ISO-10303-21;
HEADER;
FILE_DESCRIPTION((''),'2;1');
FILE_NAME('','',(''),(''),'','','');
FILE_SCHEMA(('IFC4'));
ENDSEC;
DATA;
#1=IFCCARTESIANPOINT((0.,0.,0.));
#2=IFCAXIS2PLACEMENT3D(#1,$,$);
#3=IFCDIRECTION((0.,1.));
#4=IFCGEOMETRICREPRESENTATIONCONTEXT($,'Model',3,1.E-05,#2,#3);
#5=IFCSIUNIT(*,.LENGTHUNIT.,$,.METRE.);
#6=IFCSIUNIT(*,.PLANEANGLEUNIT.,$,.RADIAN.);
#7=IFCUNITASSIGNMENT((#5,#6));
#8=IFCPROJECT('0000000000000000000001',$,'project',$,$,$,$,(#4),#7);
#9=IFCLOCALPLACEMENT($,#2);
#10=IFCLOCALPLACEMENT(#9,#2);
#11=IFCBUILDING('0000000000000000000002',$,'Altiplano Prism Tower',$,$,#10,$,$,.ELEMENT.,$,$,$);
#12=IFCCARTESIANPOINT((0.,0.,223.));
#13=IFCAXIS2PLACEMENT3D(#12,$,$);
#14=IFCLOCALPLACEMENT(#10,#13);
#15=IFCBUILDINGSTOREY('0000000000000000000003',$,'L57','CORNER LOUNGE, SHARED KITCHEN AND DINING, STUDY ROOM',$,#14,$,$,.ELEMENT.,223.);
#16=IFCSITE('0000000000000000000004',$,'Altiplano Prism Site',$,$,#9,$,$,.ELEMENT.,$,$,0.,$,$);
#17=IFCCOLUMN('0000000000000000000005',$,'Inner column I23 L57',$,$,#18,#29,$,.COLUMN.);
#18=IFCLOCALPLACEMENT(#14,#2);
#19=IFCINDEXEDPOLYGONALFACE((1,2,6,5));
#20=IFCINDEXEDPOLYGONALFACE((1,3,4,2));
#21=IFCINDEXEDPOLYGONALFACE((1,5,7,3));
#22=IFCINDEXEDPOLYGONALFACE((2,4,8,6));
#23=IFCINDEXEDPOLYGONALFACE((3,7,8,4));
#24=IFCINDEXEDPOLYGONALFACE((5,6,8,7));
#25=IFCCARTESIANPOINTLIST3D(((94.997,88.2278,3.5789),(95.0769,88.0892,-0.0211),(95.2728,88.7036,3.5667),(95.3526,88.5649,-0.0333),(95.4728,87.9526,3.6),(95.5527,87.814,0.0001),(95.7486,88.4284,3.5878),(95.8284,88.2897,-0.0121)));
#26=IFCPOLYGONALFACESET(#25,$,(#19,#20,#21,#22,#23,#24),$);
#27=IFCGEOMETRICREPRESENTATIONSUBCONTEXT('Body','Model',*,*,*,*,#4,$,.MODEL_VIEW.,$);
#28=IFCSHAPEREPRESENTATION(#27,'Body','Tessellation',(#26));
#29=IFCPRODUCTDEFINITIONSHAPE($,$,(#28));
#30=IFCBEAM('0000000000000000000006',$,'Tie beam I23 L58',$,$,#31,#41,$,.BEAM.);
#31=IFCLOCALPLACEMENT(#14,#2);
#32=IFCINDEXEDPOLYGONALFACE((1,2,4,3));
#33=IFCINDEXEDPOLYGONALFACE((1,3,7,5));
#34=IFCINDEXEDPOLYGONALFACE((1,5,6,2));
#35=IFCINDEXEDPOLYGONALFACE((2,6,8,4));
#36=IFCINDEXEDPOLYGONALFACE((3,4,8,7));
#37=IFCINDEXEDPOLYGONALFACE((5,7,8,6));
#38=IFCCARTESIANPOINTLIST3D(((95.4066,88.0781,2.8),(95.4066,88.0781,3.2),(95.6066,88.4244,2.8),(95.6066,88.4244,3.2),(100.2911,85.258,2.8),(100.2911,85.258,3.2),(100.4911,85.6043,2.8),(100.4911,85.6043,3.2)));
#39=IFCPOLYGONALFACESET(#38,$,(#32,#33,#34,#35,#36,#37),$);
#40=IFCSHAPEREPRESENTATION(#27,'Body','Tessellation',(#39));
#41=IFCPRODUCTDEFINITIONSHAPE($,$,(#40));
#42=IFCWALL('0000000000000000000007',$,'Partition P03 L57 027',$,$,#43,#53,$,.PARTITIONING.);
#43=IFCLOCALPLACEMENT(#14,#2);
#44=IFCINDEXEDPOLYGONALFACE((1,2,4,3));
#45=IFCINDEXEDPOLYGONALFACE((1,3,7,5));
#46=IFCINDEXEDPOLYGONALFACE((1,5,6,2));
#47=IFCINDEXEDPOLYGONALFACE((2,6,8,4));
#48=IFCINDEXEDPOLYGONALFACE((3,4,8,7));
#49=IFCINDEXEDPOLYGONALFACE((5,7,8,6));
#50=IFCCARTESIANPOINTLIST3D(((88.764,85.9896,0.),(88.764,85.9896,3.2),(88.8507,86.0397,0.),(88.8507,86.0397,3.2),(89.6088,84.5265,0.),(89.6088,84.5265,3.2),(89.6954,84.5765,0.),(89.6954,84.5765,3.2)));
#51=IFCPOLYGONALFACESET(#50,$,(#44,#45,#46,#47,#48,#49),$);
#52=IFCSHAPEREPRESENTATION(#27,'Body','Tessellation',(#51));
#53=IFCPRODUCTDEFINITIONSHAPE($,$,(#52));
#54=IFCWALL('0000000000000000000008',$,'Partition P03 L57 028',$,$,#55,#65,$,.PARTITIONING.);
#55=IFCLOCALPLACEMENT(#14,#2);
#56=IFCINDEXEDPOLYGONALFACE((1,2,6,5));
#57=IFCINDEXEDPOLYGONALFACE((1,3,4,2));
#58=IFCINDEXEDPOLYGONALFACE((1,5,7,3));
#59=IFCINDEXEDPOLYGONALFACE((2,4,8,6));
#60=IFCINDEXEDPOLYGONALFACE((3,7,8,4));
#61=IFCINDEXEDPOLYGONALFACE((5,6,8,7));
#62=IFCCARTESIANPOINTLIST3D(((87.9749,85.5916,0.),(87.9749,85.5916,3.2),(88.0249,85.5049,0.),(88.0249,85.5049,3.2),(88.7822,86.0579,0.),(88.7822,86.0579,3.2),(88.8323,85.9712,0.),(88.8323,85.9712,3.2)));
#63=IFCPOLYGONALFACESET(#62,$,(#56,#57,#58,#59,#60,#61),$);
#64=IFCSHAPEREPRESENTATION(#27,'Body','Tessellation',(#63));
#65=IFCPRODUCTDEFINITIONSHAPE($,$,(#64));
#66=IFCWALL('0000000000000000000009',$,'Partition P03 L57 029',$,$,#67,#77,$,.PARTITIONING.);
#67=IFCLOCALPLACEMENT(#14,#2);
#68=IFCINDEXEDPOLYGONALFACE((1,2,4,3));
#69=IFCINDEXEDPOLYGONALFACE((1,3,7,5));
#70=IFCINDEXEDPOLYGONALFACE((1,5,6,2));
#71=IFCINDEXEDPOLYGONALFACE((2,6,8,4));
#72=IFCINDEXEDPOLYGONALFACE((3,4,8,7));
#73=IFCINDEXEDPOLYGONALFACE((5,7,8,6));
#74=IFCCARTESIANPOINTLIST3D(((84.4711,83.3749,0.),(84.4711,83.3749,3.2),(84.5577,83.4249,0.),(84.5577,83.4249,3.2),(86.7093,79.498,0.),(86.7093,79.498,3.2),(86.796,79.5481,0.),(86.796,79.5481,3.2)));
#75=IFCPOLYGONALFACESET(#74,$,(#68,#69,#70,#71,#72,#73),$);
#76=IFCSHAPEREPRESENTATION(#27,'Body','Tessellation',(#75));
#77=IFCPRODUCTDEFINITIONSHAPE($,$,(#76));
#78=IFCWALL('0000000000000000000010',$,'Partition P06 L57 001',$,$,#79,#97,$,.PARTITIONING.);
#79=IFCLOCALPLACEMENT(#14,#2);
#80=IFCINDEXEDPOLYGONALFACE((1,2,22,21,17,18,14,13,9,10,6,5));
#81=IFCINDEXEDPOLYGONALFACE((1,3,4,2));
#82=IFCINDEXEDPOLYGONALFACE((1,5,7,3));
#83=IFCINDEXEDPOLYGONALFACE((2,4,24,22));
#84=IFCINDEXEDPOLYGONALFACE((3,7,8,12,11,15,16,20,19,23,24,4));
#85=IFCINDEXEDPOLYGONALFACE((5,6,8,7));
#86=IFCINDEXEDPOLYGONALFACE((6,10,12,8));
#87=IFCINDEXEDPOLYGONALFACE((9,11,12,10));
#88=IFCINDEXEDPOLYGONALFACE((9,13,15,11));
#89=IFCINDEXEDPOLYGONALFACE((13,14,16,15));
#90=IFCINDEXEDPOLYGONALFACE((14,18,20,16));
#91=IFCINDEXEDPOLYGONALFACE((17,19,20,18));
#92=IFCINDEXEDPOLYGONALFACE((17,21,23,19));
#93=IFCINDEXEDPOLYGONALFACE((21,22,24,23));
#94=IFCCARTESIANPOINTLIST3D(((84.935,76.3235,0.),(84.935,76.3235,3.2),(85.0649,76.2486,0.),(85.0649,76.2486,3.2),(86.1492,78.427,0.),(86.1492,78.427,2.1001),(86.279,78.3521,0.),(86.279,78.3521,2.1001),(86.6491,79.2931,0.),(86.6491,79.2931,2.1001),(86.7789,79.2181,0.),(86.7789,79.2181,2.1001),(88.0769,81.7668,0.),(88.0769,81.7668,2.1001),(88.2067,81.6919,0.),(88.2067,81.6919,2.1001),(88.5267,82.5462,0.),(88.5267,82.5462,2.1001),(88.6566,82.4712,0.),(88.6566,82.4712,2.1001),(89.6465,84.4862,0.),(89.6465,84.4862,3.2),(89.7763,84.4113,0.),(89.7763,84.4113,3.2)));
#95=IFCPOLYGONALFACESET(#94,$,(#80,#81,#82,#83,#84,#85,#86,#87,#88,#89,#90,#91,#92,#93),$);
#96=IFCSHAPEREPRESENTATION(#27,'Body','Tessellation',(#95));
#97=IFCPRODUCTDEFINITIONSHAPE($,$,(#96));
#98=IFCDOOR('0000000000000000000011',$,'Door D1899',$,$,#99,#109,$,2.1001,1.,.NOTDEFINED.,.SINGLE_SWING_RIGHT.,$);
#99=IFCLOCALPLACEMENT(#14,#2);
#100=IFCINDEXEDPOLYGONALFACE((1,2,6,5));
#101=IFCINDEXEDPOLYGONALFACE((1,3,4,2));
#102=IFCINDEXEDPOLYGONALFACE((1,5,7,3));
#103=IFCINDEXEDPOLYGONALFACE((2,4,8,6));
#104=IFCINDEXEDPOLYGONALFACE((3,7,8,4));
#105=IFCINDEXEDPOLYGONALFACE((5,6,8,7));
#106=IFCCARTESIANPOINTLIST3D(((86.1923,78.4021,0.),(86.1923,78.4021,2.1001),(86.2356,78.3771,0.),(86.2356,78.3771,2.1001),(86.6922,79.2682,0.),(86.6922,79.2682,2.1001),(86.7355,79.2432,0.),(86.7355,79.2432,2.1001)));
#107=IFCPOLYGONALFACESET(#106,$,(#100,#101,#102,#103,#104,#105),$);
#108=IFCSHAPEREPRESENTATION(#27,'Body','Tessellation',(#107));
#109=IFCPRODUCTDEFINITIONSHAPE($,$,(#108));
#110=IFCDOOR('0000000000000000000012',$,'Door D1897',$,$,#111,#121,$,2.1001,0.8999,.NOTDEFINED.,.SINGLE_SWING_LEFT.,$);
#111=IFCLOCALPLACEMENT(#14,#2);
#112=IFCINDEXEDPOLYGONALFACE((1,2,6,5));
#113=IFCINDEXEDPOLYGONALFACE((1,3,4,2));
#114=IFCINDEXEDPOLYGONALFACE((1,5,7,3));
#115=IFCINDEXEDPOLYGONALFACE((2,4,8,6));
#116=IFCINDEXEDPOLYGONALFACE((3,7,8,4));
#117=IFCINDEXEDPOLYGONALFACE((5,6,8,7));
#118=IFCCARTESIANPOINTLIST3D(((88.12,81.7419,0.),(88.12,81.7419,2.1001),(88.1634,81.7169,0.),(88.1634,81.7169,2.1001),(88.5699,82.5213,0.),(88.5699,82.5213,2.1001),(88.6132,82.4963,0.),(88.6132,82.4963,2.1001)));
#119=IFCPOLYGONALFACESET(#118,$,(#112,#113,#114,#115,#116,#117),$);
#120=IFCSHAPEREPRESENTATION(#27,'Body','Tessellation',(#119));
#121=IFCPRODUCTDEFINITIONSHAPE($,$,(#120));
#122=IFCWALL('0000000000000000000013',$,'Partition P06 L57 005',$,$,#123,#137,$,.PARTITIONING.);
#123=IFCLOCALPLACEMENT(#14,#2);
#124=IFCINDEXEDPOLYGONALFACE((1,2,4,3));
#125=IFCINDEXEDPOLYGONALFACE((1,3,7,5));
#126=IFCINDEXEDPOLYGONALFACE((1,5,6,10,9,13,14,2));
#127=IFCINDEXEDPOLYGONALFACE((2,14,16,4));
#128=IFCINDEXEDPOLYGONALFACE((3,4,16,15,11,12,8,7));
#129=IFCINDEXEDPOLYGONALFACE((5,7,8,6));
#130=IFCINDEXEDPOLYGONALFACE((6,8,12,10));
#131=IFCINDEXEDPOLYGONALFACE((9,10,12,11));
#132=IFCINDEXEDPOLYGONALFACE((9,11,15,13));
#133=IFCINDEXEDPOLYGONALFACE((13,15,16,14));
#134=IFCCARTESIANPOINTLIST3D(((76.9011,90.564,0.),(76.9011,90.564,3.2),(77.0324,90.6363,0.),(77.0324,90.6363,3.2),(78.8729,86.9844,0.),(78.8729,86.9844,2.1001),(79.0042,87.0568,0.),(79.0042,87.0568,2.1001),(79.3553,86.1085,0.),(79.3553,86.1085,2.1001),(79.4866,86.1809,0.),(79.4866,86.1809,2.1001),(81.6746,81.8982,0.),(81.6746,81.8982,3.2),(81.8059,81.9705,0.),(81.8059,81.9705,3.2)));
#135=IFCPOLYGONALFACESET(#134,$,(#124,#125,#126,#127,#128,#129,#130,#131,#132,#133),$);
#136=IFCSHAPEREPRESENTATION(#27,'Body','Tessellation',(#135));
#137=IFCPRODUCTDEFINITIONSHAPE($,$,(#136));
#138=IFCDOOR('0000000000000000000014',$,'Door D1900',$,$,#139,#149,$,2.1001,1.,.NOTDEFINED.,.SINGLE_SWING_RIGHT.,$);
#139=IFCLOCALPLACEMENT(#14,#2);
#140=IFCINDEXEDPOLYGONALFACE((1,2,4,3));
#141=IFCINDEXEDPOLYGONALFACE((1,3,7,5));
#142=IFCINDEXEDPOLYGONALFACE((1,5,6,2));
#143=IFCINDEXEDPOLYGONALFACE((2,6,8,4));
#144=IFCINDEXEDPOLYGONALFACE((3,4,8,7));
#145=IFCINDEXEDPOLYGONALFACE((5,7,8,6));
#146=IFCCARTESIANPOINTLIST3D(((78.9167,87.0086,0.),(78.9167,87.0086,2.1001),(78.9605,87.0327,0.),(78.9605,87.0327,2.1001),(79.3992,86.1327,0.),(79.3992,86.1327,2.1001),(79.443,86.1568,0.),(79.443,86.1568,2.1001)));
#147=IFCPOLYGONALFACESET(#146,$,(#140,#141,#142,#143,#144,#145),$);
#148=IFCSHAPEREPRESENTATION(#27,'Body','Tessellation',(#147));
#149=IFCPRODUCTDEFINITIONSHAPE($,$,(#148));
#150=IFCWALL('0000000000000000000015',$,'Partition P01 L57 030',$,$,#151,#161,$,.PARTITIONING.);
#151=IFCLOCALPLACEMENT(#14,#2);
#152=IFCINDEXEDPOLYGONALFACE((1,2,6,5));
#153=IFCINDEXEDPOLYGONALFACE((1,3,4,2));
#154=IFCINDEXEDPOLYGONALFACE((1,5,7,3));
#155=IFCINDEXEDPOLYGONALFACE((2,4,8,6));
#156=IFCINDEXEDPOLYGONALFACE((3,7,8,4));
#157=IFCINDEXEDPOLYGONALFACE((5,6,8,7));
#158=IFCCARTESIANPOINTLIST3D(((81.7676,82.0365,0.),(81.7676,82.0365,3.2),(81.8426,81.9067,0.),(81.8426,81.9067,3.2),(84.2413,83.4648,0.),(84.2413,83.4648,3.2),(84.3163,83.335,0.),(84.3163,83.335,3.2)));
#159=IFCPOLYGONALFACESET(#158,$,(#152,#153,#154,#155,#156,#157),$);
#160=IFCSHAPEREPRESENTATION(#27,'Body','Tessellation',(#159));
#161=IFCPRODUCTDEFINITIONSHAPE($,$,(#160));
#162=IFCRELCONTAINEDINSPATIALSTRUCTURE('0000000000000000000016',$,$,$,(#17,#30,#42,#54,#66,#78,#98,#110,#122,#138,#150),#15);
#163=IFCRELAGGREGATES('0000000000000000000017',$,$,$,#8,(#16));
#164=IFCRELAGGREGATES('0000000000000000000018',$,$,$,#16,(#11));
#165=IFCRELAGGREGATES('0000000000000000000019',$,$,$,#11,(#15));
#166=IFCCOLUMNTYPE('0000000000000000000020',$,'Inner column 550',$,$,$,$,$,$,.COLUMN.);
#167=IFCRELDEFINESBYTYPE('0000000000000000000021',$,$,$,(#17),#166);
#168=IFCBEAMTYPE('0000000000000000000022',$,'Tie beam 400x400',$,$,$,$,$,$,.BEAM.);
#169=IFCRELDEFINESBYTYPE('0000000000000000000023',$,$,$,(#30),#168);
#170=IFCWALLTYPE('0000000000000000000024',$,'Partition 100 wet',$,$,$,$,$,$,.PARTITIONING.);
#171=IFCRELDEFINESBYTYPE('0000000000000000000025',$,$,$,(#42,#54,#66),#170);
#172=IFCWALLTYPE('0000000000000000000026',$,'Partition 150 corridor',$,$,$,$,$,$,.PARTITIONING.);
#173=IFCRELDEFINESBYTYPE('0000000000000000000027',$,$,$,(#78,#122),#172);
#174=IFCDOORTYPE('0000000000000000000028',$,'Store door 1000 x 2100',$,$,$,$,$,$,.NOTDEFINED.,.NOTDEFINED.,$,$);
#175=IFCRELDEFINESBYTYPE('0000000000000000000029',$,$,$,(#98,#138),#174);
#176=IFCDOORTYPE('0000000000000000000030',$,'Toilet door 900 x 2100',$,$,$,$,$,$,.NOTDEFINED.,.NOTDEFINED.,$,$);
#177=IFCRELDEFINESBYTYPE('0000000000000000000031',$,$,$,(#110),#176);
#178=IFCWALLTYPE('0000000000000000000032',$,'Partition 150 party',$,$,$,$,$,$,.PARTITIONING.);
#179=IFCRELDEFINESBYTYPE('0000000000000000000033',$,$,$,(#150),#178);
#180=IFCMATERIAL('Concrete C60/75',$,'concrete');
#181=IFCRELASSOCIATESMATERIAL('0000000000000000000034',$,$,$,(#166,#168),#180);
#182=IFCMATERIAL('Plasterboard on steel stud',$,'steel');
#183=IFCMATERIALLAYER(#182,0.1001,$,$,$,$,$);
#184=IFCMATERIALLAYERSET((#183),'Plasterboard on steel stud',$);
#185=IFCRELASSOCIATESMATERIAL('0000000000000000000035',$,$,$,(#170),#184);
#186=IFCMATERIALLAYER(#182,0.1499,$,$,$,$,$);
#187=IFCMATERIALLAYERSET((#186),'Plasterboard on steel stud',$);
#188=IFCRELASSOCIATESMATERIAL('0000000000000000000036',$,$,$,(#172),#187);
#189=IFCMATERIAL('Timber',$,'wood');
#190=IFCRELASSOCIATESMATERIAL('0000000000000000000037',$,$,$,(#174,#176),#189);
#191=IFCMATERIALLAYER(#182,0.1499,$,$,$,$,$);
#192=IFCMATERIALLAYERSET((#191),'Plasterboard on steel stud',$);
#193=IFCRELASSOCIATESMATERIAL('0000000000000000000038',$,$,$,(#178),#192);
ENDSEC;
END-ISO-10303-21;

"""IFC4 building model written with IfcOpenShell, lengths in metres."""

from ifc_helpers import new_model, si_unit, direction, frame, frame_2d, origin, origin_2d, place, context, subcontext, project, spatial, rectangle, extrude, material, layer, layer_set, material_profile, profile_set, type_object, element, fill, save


model = new_model("IFC4")

# Units and contexts
model_context = context("Model", 3, precision=1e-05, world=origin(), true_north=direction((0.0, 1.0)))
body_context = subcontext(model_context, "Body", "Model", "MODEL_VIEW")
ifc_project = project(units=[si_unit("LENGTHUNIT", "METRE"), si_unit("PLANEANGLEUNIT", "RADIAN")], contexts=[model_context])

# Site, building, storey
site_placement = place(None, origin())
site = spatial("IfcSite", under=ifc_project, at=site_placement, Name="Altiplano Prism Site", CompositionType="ELEMENT", RefElevation=0.0)
building_placement = place(site_placement, origin())
building = spatial("IfcBuilding", under=site, at=building_placement, Name="Altiplano Prism Tower", CompositionType="ELEMENT")
storey_placement = place(building_placement, frame((0.0, 0.0, 223.0)))
storey = spatial("IfcBuildingStorey", under=building, at=storey_placement, Name="L57", Description="CORNER LOUNGE, SHARED KITCHEN AND DINING, STUDY ROOM", CompositionType="ELEMENT", Elevation=223.0)

# Column
ifc_material_1 = material(Name="Concrete C60/75", Category="concrete")
ifc_material_profile_1 = material_profile(ifc_material_1, rectangle(XDim=0.55, YDim=0.55, at=origin_2d()), Name="Inner column 550")
ifc_profile_set_1 = profile_set([ifc_material_profile_1], Name="Concrete C60/75")
column_type = type_object("IfcColumnType", Name="Inner column 550", PredefinedType="COLUMN", material=ifc_profile_set_1)
column_placement = place(storey_placement, frame((95.4526, 88.1895, -0.0166), z_axis=(-0.022155, 0.038484, 0.999014), x_axis=(-0.501313, -0.864981, 0.022203)))
element("IfcColumn", 1, at=column_placement, inside=storey, type_object=column_type, Name="Inner column I23 L57", PredefinedType="COLUMN", context=body_context, shape_type="SweptSolid", body=[
    extrude(rectangle(XDim=0.55, YDim=0.55, at=origin_2d()), origin(), (0.0, 0.0, 1.0), 3.6035),
])

# Beam
ifc_material_profile_2 = material_profile(ifc_material_1, rectangle(XDim=0.3999, YDim=0.3999, at=origin_2d()), Name="Tie beam 400x400")
ifc_profile_set_2 = profile_set([ifc_material_profile_2], Name="Concrete C60/75")
beam_type = type_object("IfcBeamType", Name="Tie beam 400x400", PredefinedType="BEAM", material=ifc_profile_set_2)
beam_placement = place(storey_placement, frame((95.5066, 88.2512, 3.0), z_axis=(0.866026, -0.499998, 0.0), x_axis=(0.499998, 0.866026, 0.0)))
element("IfcBeam", 2, at=beam_placement, inside=storey, type_object=beam_type, Name="Tie beam I23 L58", PredefinedType="BEAM", context=body_context, shape_type="SweptSolid", body=[
    extrude(rectangle(XDim=0.3999, YDim=0.3999, at=origin_2d()), origin(), (0.0, 0.0, 1.0), 5.6401),
])

# Walls
ifc_material_2 = material(Name="Plasterboard on steel stud", Category="steel")
ifc_layer_1 = layer(ifc_material_2, 0.1001)
ifc_layer_set_1 = layer_set([ifc_layer_1], Name="Plasterboard on steel stud")
wall_type_1 = type_object("IfcWallType", Name="Partition 100 wet", PredefinedType="PARTITIONING", material=ifc_layer_set_1)
wall_1_placement = place(storey_placement, frame((89.6521, 84.5515, 0.0), z_axis=(0.0, 0.0, 1.0), x_axis=(-0.499993, 0.866029, 0.0)))
element("IfcWall", 3, at=wall_1_placement, inside=storey, type_object=wall_type_1, Name="Partition P03 L57 027", PredefinedType="PARTITIONING", context=body_context, shape_type="SweptSolid", body=[
    extrude(rectangle(XDim=1.6895, YDim=0.1001, at=frame_2d((0.8447, 0.0))), origin(), (0.0, 0.0, 1.0), 3.2),
])
wall_2_placement = place(storey_placement, frame((88.8074, 86.0146, 0.0), z_axis=(0.0, 0.0, 1.0), x_axis=(-0.865946, -0.500138, 0.0)))
element("IfcWall", 4, at=wall_2_placement, inside=storey, type_object=wall_type_1, Name="Partition P03 L57 028", PredefinedType="PARTITIONING", context=body_context, shape_type="SweptSolid", body=[
    extrude(rectangle(XDim=0.9324, YDim=0.1001, at=frame_2d((0.4663, 0.0))), origin(), (0.0, 0.0, 1.0), 3.2),
])
wall_3_placement = place(storey_placement, frame((84.5144, 83.3999, 0.0), z_axis=(0.0, 0.0, 1.0), x_axis=(0.499987, -0.866033, 0.0)))
element("IfcWall", 5, at=wall_3_placement, inside=storey, type_object=wall_type_1, Name="Partition P03 L57 029", PredefinedType="PARTITIONING", context=body_context, shape_type="SweptSolid", body=[
    extrude(rectangle(XDim=4.4766, YDim=0.1001, at=frame_2d((2.2383, 0.0))), origin(), (0.0, 0.0, 1.0), 3.2),
])

# Wall, openings, doors
ifc_layer_2 = layer(ifc_material_2, 0.1499)
ifc_layer_set_2 = layer_set([ifc_layer_2], Name="Plasterboard on steel stud")
wall_type_2 = type_object("IfcWallType", Name="Partition 150 corridor", PredefinedType="PARTITIONING", material=ifc_layer_set_2)
wall_4_placement = place(storey_placement, frame((89.7114, 84.4487, 0.0), z_axis=(0.0, 0.0, 1.0), x_axis=(-0.4999, -0.866083, 0.0)))
wall_4 = element("IfcWall", 6, at=wall_4_placement, inside=storey, type_object=wall_type_2, Name="Partition P06 L57 001", PredefinedType="PARTITIONING", context=body_context, shape_type="SweptSolid", body=[
    extrude(rectangle(XDim=9.4248, YDim=0.1499, at=frame_2d((4.7124, 0.0))), origin(), (0.0, 0.0, 1.0), 3.2),
])
opening_1_placement = place(wall_4_placement, frame((2.24, 0.0, 0.0)))
opening_1 = element("IfcOpeningElement", 7, at=opening_1_placement, cuts=wall_4, PredefinedType="OPENING", context=body_context, shape_type="SweptSolid", body=[
    extrude(rectangle(XDim=0.8999, YDim=2.1001, at=frame_2d((0.45, 1.05))), frame((0.0, 0.0854, 0.0), z_axis=(0.0, -1.0, 0.0), x_axis=(1.0, 0.0, 0.0)), (0.0, 0.0, 1.0), 0.1709),
])
opening_2_placement = place(wall_4_placement, frame((5.9961, 0.0, 0.0)))
opening_2 = element("IfcOpeningElement", 8, at=opening_2_placement, cuts=wall_4, PredefinedType="OPENING", context=body_context, shape_type="SweptSolid", body=[
    extrude(rectangle(XDim=1.0, YDim=2.1001, at=frame_2d((0.5, 1.05))), frame((0.0, 0.0854, 0.0), z_axis=(0.0, -1.0, 0.0), x_axis=(1.0, 0.0, 0.0)), (0.0, 0.0, 1.0), 0.1709),
])
ifc_material_3 = material(Name="Timber", Category="wood")
door_type_1 = type_object("IfcDoorType", Name="Store door 1000 x 2100", OperationType="NOTDEFINED", PredefinedType="NOTDEFINED", material=ifc_material_3)
door_1_placement = place(opening_2_placement, origin())
door_1 = element("IfcDoor", 9, at=door_1_placement, inside=storey, type_object=door_type_1, Name="Door D1899", OperationType="SINGLE_SWING_RIGHT", OverallHeight=2.1001, OverallWidth=1.0, PredefinedType="NOTDEFINED", context=body_context, shape_type="SweptSolid", body=[
    extrude(rectangle(XDim=1.0, YDim=2.1001, at=frame_2d((0.5, 1.05))), frame((0.0, 0.0249, 0.0), z_axis=(0.0, -1.0, 0.0), x_axis=(1.0, 0.0, 0.0)), (0.0, 0.0, 1.0), 0.05),
])
fill(opening_2, door_1)
door_type_2 = type_object("IfcDoorType", Name="Toilet door 900 x 2100", OperationType="NOTDEFINED", PredefinedType="NOTDEFINED", material=ifc_material_3)
door_2_placement = place(opening_1_placement, origin())
door_2 = element("IfcDoor", 10, at=door_2_placement, inside=storey, type_object=door_type_2, Name="Door D1897", OperationType="SINGLE_SWING_LEFT", OverallHeight=2.1001, OverallWidth=0.8999, PredefinedType="NOTDEFINED", context=body_context, shape_type="SweptSolid", body=[
    extrude(rectangle(XDim=0.8999, YDim=2.1001, at=frame_2d((0.45, 1.05))), frame((0.0, 0.0249, 0.0), z_axis=(0.0, -1.0, 0.0), x_axis=(1.0, 0.0, 0.0)), (0.0, 0.0, 1.0), 0.05),
])
fill(opening_1, door_2)

# Wall, opening, door
wall_5_placement = place(storey_placement, frame((81.7402, 81.9343, 0.0), z_axis=(0.0, 0.0, 1.0), x_axis=(-0.482482, 0.875906, 0.0)))
wall_5 = element("IfcWall", 11, at=wall_5_placement, inside=storey, type_object=wall_type_2, Name="Partition P06 L57 005", PredefinedType="PARTITIONING", context=body_context, shape_type="SweptSolid", body=[
    extrude(rectangle(XDim=9.8936, YDim=0.1499, at=frame_2d((4.9468, 0.0))), origin(), (0.0, 0.0, 1.0), 3.2),
])
opening_3_placement = place(wall_5_placement, frame((4.8069, 0.0, 0.0)))
opening_3 = element("IfcOpeningElement", 12, at=opening_3_placement, cuts=wall_5, PredefinedType="OPENING", context=body_context, shape_type="SweptSolid", body=[
    extrude(rectangle(XDim=1.0, YDim=2.1001, at=frame_2d((0.5, 1.05))), frame((0.0, 0.0854, 0.0), z_axis=(0.0, -1.0, 0.0), x_axis=(1.0, 0.0, 0.0)), (0.0, 0.0, 1.0), 0.1709),
])
door_3_placement = place(opening_3_placement, origin())
door_3 = element("IfcDoor", 13, at=door_3_placement, inside=storey, type_object=door_type_1, Name="Door D1900", OperationType="SINGLE_SWING_RIGHT", OverallHeight=2.1001, OverallWidth=1.0, PredefinedType="NOTDEFINED", context=body_context, shape_type="SweptSolid", body=[
    extrude(rectangle(XDim=1.0, YDim=2.1001, at=frame_2d((0.5, 1.05))), frame((0.0, 0.0249, 0.0), z_axis=(0.0, -1.0, 0.0), x_axis=(1.0, 0.0, 0.0)), (0.0, 0.0, 1.0), 0.05),
])
fill(opening_3, door_3)

# Wall
ifc_layer_3 = layer(ifc_material_2, 0.1499)
ifc_layer_set_3 = layer_set([ifc_layer_3], Name="Plasterboard on steel stud")
wall_type_3 = type_object("IfcWallType", Name="Partition 150 party", PredefinedType="PARTITIONING", material=ifc_layer_set_3)
wall_6_placement = place(storey_placement, frame((84.2788, 83.3999, 0.0), z_axis=(0.0, 0.0, 1.0), x_axis=(-0.866015, -0.500018, 0.0)))
element("IfcWall", 14, at=wall_6_placement, inside=storey, type_object=wall_type_3, Name="Partition P01 L57 030", PredefinedType="PARTITIONING", context=body_context, shape_type="SweptSolid", body=[
    extrude(rectangle(XDim=2.8564, YDim=0.1499, at=frame_2d((1.4282, 0.0))), origin(), (0.0, 0.0, 1.0), 3.2),
])

save(model, "model.ifc")
